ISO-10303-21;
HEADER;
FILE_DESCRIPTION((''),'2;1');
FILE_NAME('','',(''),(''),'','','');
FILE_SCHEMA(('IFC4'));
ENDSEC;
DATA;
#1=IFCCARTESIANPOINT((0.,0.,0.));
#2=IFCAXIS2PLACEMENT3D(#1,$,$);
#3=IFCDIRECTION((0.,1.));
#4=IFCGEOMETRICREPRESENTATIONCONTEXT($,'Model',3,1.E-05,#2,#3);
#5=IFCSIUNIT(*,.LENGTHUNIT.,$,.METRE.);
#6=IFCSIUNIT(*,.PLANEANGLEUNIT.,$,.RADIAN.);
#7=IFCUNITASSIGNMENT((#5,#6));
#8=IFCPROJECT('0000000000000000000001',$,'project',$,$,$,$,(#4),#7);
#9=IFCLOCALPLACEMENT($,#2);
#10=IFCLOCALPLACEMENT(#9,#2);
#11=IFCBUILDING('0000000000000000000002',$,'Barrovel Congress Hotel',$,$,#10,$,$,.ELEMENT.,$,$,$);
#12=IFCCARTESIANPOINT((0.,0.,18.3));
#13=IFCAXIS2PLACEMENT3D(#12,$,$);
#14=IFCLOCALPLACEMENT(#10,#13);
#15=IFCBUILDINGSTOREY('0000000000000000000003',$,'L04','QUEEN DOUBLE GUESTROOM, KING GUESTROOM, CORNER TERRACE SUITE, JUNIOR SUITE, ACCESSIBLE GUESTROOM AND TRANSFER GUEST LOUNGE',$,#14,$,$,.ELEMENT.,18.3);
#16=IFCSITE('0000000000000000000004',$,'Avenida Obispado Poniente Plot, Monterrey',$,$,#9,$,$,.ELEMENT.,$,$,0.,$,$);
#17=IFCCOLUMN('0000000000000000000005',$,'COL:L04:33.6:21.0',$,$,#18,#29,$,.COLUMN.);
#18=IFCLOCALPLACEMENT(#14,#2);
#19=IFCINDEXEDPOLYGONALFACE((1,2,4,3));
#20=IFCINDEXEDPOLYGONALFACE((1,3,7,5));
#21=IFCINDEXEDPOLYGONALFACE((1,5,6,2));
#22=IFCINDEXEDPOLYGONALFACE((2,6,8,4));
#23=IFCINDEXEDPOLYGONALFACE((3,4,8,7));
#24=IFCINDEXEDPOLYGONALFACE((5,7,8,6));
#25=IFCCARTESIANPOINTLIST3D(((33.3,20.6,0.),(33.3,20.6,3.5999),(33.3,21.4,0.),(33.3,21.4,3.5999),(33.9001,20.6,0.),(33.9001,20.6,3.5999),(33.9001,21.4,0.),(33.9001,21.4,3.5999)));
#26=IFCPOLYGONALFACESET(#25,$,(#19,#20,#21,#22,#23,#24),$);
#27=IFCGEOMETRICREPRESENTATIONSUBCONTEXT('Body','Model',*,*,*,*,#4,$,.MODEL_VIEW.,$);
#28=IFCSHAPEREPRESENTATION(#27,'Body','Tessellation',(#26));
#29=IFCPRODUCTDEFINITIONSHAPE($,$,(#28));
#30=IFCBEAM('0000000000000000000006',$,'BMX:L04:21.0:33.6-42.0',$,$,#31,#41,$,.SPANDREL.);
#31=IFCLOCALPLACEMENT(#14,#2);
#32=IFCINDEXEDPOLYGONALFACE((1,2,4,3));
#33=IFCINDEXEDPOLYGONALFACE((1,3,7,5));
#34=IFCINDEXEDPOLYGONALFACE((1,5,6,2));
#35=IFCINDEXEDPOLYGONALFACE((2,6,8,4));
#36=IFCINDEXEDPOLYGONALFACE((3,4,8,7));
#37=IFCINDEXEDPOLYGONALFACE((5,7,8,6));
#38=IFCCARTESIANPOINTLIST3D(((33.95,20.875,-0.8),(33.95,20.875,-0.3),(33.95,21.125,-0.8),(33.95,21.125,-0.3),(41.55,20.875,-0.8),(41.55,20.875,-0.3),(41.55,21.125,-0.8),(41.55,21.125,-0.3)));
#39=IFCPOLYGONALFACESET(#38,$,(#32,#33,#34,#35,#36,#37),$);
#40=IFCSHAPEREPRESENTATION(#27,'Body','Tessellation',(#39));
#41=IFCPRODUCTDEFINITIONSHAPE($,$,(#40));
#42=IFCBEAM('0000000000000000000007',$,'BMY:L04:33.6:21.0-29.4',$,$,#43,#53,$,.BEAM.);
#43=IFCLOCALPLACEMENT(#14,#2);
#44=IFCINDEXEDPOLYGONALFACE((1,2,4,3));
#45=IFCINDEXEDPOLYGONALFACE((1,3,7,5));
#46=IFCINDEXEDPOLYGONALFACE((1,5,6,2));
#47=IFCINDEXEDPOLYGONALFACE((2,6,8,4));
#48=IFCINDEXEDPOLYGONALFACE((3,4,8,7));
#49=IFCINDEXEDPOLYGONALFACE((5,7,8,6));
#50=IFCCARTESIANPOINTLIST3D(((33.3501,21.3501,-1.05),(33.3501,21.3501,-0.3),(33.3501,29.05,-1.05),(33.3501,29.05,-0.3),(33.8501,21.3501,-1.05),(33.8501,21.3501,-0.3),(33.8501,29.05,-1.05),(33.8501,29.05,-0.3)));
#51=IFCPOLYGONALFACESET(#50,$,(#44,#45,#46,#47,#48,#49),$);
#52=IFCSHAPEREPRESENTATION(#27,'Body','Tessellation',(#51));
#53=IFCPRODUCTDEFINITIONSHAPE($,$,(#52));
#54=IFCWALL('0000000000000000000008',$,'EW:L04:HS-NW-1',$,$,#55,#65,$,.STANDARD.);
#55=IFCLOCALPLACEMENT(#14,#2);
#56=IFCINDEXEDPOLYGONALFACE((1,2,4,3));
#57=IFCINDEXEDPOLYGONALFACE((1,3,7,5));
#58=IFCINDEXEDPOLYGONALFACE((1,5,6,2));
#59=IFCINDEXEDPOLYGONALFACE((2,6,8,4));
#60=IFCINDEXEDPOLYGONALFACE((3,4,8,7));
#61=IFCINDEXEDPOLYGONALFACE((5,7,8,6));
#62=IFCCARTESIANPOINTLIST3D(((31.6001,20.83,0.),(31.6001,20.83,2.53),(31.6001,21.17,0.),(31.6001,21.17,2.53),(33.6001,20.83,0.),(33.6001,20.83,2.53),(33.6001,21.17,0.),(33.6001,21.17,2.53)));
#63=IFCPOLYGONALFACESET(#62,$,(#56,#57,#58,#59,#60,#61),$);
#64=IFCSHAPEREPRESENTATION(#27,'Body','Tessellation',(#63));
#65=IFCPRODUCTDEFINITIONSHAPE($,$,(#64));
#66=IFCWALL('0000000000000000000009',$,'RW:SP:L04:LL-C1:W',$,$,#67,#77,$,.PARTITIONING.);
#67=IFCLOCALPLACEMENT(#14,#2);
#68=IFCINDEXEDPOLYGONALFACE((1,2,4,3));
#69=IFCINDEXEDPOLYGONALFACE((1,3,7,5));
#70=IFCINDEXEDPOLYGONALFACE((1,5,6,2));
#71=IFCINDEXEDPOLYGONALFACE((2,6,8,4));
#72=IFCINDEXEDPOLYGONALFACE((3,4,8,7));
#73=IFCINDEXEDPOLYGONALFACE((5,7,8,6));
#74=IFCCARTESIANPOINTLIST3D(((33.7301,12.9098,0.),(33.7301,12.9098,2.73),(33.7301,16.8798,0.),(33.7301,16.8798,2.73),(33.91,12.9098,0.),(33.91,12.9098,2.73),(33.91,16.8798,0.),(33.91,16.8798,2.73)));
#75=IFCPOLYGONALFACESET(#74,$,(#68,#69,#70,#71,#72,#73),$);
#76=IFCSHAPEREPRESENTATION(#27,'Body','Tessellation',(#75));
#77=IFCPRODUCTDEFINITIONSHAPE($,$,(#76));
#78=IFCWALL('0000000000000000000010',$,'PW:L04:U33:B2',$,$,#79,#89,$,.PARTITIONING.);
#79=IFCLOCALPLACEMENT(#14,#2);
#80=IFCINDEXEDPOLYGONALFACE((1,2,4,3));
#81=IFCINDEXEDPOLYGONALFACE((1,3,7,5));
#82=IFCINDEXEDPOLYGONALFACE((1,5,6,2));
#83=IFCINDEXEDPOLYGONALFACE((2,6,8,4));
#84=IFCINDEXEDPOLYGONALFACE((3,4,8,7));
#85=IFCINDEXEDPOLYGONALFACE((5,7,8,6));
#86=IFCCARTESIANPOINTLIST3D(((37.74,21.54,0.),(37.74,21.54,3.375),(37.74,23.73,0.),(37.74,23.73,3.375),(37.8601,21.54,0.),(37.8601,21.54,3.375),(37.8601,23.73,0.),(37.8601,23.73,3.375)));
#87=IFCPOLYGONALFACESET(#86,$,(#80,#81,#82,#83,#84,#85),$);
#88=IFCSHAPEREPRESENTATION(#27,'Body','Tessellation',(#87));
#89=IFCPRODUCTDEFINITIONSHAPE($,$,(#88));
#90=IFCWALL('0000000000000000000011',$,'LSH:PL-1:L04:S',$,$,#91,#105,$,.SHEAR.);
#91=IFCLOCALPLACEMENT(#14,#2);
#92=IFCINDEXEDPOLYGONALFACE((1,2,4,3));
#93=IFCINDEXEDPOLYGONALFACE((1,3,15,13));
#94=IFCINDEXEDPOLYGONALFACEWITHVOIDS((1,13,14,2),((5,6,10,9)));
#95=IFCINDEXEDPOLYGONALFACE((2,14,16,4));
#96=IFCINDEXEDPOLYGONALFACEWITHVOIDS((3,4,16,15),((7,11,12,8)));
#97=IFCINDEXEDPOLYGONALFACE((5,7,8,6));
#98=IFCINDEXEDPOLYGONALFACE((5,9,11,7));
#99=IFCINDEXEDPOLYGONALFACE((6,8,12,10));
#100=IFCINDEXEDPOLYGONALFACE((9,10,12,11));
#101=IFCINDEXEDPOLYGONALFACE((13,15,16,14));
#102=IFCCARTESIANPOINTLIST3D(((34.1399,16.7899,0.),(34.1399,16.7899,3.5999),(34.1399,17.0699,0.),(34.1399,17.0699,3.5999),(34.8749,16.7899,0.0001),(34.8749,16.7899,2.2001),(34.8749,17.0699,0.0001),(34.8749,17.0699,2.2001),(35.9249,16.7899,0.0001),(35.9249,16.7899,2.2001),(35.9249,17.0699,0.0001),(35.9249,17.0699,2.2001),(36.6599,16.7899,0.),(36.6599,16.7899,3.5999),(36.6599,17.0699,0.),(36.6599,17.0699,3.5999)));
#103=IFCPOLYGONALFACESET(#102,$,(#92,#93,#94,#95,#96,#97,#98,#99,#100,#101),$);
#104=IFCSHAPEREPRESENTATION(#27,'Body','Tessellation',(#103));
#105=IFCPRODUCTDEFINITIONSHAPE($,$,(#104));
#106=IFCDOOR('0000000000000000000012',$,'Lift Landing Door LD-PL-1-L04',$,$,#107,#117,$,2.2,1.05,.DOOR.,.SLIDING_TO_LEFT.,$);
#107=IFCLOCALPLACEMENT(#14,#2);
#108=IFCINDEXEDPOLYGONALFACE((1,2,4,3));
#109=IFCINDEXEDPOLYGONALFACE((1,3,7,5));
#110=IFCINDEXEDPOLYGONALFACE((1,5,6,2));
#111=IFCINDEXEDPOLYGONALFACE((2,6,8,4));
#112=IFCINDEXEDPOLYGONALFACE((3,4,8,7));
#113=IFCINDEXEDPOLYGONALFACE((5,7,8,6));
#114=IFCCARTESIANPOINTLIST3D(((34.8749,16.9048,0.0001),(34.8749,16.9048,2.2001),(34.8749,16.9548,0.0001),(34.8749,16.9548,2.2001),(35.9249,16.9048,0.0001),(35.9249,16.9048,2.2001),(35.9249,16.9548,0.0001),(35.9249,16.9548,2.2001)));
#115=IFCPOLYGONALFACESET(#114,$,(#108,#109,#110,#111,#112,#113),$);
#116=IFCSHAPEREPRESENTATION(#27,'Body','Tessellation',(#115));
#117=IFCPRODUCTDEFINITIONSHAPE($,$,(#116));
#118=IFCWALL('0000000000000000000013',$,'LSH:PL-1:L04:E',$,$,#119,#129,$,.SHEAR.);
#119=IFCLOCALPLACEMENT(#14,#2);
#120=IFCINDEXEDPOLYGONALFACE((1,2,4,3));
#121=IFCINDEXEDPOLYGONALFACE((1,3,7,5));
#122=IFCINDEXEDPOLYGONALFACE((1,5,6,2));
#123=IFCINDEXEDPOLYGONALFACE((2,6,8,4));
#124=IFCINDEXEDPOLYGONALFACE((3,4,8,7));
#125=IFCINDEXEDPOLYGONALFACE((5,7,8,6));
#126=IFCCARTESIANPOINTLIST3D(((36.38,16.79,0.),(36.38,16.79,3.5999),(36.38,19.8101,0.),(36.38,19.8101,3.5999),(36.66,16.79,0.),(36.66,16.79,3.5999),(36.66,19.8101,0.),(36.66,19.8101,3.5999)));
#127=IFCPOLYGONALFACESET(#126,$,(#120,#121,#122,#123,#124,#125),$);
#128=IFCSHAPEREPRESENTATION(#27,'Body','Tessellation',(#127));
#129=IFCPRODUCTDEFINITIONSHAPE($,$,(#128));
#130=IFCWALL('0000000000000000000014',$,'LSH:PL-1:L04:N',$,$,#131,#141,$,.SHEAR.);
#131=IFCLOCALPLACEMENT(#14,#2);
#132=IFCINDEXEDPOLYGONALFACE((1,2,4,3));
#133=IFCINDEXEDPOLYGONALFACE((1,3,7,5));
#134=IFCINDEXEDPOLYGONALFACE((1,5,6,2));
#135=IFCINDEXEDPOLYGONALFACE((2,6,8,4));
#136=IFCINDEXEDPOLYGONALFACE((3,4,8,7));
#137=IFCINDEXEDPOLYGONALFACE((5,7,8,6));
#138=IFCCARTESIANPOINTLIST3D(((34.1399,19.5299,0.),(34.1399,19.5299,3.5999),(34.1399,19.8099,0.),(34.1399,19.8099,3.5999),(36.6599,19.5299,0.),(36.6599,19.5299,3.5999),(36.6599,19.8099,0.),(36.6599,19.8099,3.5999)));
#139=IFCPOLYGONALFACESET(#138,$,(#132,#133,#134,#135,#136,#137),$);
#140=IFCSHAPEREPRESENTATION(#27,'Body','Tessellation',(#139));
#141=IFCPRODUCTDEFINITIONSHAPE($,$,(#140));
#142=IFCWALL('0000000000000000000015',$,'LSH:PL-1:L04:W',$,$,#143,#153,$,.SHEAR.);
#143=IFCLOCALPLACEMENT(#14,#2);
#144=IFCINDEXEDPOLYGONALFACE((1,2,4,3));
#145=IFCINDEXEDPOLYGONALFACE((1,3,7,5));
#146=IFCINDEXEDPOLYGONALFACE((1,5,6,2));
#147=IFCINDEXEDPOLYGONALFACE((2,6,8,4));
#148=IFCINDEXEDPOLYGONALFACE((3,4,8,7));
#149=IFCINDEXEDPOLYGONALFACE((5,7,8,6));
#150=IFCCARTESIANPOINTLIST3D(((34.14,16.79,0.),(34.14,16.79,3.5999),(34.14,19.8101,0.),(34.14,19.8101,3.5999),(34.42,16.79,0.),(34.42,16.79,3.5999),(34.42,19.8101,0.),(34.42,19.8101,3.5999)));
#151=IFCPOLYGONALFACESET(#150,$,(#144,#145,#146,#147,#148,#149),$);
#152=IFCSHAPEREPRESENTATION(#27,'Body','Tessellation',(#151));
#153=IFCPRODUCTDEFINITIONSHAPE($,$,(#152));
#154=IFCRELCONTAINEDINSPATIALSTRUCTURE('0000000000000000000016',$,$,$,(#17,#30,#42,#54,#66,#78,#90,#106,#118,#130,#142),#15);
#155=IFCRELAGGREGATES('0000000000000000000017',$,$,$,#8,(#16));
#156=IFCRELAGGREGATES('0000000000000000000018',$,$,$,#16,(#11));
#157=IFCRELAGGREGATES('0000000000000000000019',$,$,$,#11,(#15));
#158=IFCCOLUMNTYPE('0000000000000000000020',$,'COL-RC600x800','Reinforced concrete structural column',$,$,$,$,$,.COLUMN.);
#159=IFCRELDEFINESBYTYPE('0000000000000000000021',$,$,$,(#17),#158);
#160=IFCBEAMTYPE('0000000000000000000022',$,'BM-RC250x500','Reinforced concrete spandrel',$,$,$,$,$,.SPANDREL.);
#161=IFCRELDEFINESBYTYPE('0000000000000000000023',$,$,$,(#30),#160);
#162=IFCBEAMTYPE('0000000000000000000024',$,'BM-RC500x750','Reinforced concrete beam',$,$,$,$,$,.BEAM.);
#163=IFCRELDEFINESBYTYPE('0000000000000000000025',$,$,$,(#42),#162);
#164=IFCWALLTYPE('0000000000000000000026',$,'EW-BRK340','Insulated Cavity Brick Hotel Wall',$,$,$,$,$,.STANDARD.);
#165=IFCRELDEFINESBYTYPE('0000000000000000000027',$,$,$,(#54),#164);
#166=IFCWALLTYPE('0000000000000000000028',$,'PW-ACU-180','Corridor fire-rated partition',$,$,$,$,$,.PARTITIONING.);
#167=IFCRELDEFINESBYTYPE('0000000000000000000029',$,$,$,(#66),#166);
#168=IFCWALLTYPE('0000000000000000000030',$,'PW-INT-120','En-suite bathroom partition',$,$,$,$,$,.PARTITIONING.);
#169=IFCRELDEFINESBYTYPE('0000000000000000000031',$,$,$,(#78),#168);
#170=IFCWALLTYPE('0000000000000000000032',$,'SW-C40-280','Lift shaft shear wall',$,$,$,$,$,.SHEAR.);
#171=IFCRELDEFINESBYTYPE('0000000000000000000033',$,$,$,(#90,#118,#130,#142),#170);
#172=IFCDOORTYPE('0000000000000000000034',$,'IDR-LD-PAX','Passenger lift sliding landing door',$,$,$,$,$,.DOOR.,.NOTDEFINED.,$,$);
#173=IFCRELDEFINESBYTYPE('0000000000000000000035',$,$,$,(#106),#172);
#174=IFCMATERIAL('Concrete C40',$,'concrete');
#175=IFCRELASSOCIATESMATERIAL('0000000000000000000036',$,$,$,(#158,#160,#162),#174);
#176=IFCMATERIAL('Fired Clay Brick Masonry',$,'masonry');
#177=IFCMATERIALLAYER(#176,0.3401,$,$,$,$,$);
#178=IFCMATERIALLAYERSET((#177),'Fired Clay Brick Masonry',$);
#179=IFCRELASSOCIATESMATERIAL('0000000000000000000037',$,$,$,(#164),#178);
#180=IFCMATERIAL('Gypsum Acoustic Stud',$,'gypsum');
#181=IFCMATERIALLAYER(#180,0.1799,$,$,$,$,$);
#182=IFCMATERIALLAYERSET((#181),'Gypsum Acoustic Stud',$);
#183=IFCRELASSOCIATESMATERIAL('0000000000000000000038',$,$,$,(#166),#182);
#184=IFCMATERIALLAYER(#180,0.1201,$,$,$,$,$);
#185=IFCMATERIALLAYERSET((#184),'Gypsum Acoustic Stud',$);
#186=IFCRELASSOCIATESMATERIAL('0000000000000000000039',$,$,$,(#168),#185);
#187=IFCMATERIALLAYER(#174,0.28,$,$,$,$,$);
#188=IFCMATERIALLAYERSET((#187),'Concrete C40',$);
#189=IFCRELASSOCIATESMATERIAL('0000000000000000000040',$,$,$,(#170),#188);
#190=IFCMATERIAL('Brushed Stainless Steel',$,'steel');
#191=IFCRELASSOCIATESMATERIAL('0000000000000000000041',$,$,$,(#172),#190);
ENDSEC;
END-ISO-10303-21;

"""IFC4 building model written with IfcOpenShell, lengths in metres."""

from ifc_helpers import new_model, si_unit, direction, frame, frame_2d, origin, origin_2d, place, context, subcontext, project, spatial, rectangle, extrude, material, layer, layer_set, material_profile, profile_set, type_object, element, fill, save


model = new_model("IFC4")

# Units and contexts
model_context = context("Model", 3, precision=1e-05, world=origin(), true_north=direction((0.0, 1.0)))
body_context = subcontext(model_context, "Body", "Model", "MODEL_VIEW")
ifc_project = project(units=[si_unit("LENGTHUNIT", "METRE"), si_unit("PLANEANGLEUNIT", "RADIAN")], contexts=[model_context])

# Site, building, storey
site_placement = place(None, origin())
site = spatial("IfcSite", under=ifc_project, at=site_placement, Name="Avenida Obispado Poniente Plot, Monterrey", CompositionType="ELEMENT", RefElevation=0.0)
building_placement = place(site_placement, origin())
building = spatial("IfcBuilding", under=site, at=building_placement, Name="Barrovel Congress Hotel", CompositionType="ELEMENT")
storey_placement = place(building_placement, frame((0.0, 0.0, 18.3)))
storey = spatial("IfcBuildingStorey", under=building, at=storey_placement, Name="L04", Description="QUEEN DOUBLE GUESTROOM, KING GUESTROOM, CORNER TERRACE SUITE, JUNIOR SUITE, ACCESSIBLE GUESTROOM AND TRANSFER GUEST LOUNGE", CompositionType="ELEMENT", Elevation=18.3)

# Column
ifc_material_1 = material(Name="Concrete C40", Category="concrete")
ifc_material_profile_1 = material_profile(ifc_material_1, rectangle(XDim=0.6001, YDim=0.8, at=origin_2d()), Name="RC600x800")
ifc_profile_set_1 = profile_set([ifc_material_profile_1], Name="Concrete C40")
column_type = type_object("IfcColumnType", Name="COL-RC600x800", Description="Reinforced concrete structural column", PredefinedType="COLUMN", material=ifc_profile_set_1)
column_placement = place(storey_placement, frame((33.6001, 21.0, 0.0), z_axis=(0.0, 0.0, 1.0), x_axis=(1.0, 0.0, 0.0)))
element("IfcColumn", 1, at=column_placement, inside=storey, type_object=column_type, Name="COL:L04:33.6:21.0", PredefinedType="COLUMN", context=body_context, shape_type="SweptSolid", body=[
    extrude(rectangle(XDim=0.6001, YDim=0.8, at=origin_2d()), origin(), (0.0, 0.0, 1.0), 3.5999),
])

# Beams
ifc_material_profile_2 = material_profile(ifc_material_1, rectangle(XDim=0.25, YDim=0.5, at=origin_2d()), Name="RC250x500")
ifc_profile_set_2 = profile_set([ifc_material_profile_2], Name="Concrete C40")
beam_type_1 = type_object("IfcBeamType", Name="BM-RC250x500", Description="Reinforced concrete spandrel", PredefinedType="SPANDREL", material=ifc_profile_set_2)
beam_1_placement = place(storey_placement, frame((33.95, 21.0, -0.55), z_axis=(1.0, 0.0, 0.0), x_axis=(0.0, 1.0, 0.0)))
element("IfcBeam", 2, at=beam_1_placement, inside=storey, type_object=beam_type_1, Name="BMX:L04:21.0:33.6-42.0", PredefinedType="SPANDREL", context=body_context, shape_type="SweptSolid", body=[
    extrude(rectangle(XDim=0.25, YDim=0.5, at=origin_2d()), origin(), (0.0, 0.0, 1.0), 7.6001),
])
ifc_material_profile_3 = material_profile(ifc_material_1, rectangle(XDim=0.5, YDim=0.75, at=origin_2d()), Name="RC500x750")
ifc_profile_set_3 = profile_set([ifc_material_profile_3], Name="Concrete C40")
beam_type_2 = type_object("IfcBeamType", Name="BM-RC500x750", Description="Reinforced concrete beam", PredefinedType="BEAM", material=ifc_profile_set_3)
beam_2_placement = place(storey_placement, frame((33.6001, 21.3501, -0.675), z_axis=(0.0, 1.0, 0.0), x_axis=(-1.0, 0.0, 0.0)))
element("IfcBeam", 3, at=beam_2_placement, inside=storey, type_object=beam_type_2, Name="BMY:L04:33.6:21.0-29.4", PredefinedType="BEAM", context=body_context, shape_type="SweptSolid", body=[
    extrude(rectangle(XDim=0.5, YDim=0.75, at=origin_2d()), origin(), (0.0, 0.0, 1.0), 7.7),
])

# Walls
ifc_material_2 = material(Name="Fired Clay Brick Masonry", Category="masonry")
ifc_layer_1 = layer(ifc_material_2, 0.3401)
ifc_layer_set_1 = layer_set([ifc_layer_1], Name="Fired Clay Brick Masonry")
wall_type_1 = type_object("IfcWallType", Name="EW-BRK340", Description="Insulated Cavity Brick Hotel Wall", PredefinedType="STANDARD", material=ifc_layer_set_1)
wall_1_placement = place(storey_placement, frame((33.6001, 21.0, 0.0), z_axis=(0.0, 0.0, 1.0), x_axis=(-1.0, 0.0, 0.0)))
element("IfcWall", 4, at=wall_1_placement, inside=storey, type_object=wall_type_1, Name="EW:L04:HS-NW-1", PredefinedType="STANDARD", context=body_context, shape_type="SweptSolid", body=[
    extrude(rectangle(XDim=2.0, YDim=0.3401, at=frame_2d((1.0, 0.0))), origin(), (0.0, 0.0, 1.0), 2.53),
])
ifc_material_3 = material(Name="Gypsum Acoustic Stud", Category="gypsum")
ifc_layer_2 = layer(ifc_material_3, 0.1799)
ifc_layer_set_2 = layer_set([ifc_layer_2], Name="Gypsum Acoustic Stud")
wall_type_2 = type_object("IfcWallType", Name="PW-ACU-180", Description="Corridor fire-rated partition", PredefinedType="PARTITIONING", material=ifc_layer_set_2)
wall_2_placement = place(storey_placement, frame((33.8201, 12.9099, 0.0), z_axis=(0.0, 0.0, 1.0), x_axis=(0.0, 1.0, 0.0)))
element("IfcWall", 5, at=wall_2_placement, inside=storey, type_object=wall_type_2, Name="RW:SP:L04:LL-C1:W", PredefinedType="PARTITIONING", context=body_context, shape_type="SweptSolid", body=[
    extrude(rectangle(XDim=3.97, YDim=0.1799, at=frame_2d((1.9849, 0.0))), origin(), (0.0, 0.0, 1.0), 2.73),
])
ifc_layer_3 = layer(ifc_material_3, 0.1201)
ifc_layer_set_3 = layer_set([ifc_layer_3], Name="Gypsum Acoustic Stud")
wall_type_3 = type_object("IfcWallType", Name="PW-INT-120", Description="En-suite bathroom partition", PredefinedType="PARTITIONING", material=ifc_layer_set_3)
wall_3_placement = place(storey_placement, frame((37.8, 21.54, 0.0), z_axis=(0.0, 0.0, 1.0), x_axis=(0.0, 1.0, 0.0)))
element("IfcWall", 6, at=wall_3_placement, inside=storey, type_object=wall_type_3, Name="PW:L04:U33:B2", PredefinedType="PARTITIONING", context=body_context, shape_type="SweptSolid", body=[
    extrude(rectangle(XDim=2.1899, YDim=0.1201, at=frame_2d((1.095, 0.0))), origin(), (0.0, 0.0, 1.0), 3.375),
])

# Wall, opening, door
ifc_layer_4 = layer(ifc_material_1, 0.28)
ifc_layer_set_4 = layer_set([ifc_layer_4], Name="Concrete C40")
wall_type_4 = type_object("IfcWallType", Name="SW-C40-280", Description="Lift shaft shear wall", PredefinedType="SHEAR", material=ifc_layer_set_4)
wall_4_placement = place(storey_placement, frame((34.1399, 16.9299, 0.0), z_axis=(0.0, 0.0, 1.0), x_axis=(1.0, 0.0, 0.0)))
wall_4 = element("IfcWall", 7, at=wall_4_placement, inside=storey, type_object=wall_type_4, Name="LSH:PL-1:L04:S", PredefinedType="SHEAR", context=body_context, shape_type="SweptSolid", body=[
    extrude(rectangle(XDim=2.52, YDim=0.28, at=frame_2d((1.26, 0.0))), origin(), (0.0, 0.0, 1.0), 3.5999),
])
opening_1_placement = place(wall_4_placement, frame((0.7351, 0.0, 0.0)))
opening_1 = element("IfcOpeningElement", 8, at=opening_1_placement, cuts=wall_4, PredefinedType="OPENING", context=body_context, shape_type="SweptSolid", body=[
    extrude(rectangle(XDim=1.05, YDim=2.2, at=frame_2d((0.5249, 1.1001))), frame((0.0, 0.1499, 0.0), z_axis=(0.0, -1.0, 0.0), x_axis=(1.0, 0.0, 0.0)), (0.0, 0.0, 1.0), 0.3),
])
ifc_material_4 = material(Name="Brushed Stainless Steel", Category="steel")
door_type_1 = type_object("IfcDoorType", Name="IDR-LD-PAX", Description="Passenger lift sliding landing door", OperationType="NOTDEFINED", PredefinedType="DOOR", material=ifc_material_4)
door_1_placement = place(opening_1_placement, origin())
door_1 = element("IfcDoor", 9, at=door_1_placement, inside=storey, type_object=door_type_1, Name="Lift Landing Door LD-PL-1-L04", OperationType="SLIDING_TO_LEFT", OverallHeight=2.2, OverallWidth=1.05, PredefinedType="DOOR", context=body_context, shape_type="SweptSolid", body=[
    extrude(rectangle(XDim=1.05, YDim=2.2, at=frame_2d((0.5249, 1.1001))), frame((0.0, 0.0249, 0.0), z_axis=(0.0, -1.0, 0.0), x_axis=(1.0, 0.0, 0.0)), (0.0, 0.0, 1.0), 0.05),
])
fill(opening_1, door_1)

# Walls
wall_5_placement = place(storey_placement, frame((36.52, 16.79, 0.0), z_axis=(0.0, 0.0, 1.0), x_axis=(0.0, 1.0, 0.0)))
element("IfcWall", 10, at=wall_5_placement, inside=storey, type_object=wall_type_4, Name="LSH:PL-1:L04:E", PredefinedType="SHEAR", context=body_context, shape_type="SweptSolid", body=[
    extrude(rectangle(XDim=3.02, YDim=0.28, at=frame_2d((1.51, 0.0))), origin(), (0.0, 0.0, 1.0), 3.5999),
])
wall_6_placement = place(storey_placement, frame((36.6599, 19.6699, 0.0), z_axis=(0.0, 0.0, 1.0), x_axis=(-1.0, 0.0, 0.0)))
element("IfcWall", 11, at=wall_6_placement, inside=storey, type_object=wall_type_4, Name="LSH:PL-1:L04:N", PredefinedType="SHEAR", context=body_context, shape_type="SweptSolid", body=[
    extrude(rectangle(XDim=2.52, YDim=0.28, at=frame_2d((1.26, 0.0))), origin(), (0.0, 0.0, 1.0), 3.5999),
])
wall_7_placement = place(storey_placement, frame((34.28, 19.8101, 0.0), z_axis=(0.0, 0.0, 1.0), x_axis=(0.0, -1.0, 0.0)))
element("IfcWall", 12, at=wall_7_placement, inside=storey, type_object=wall_type_4, Name="LSH:PL-1:L04:W", PredefinedType="SHEAR", context=body_context, shape_type="SweptSolid", body=[
    extrude(rectangle(XDim=3.02, YDim=0.28, at=frame_2d((1.51, 0.0))), origin(), (0.0, 0.0, 1.0), 3.5999),
])

save(model, "model.ifc")
